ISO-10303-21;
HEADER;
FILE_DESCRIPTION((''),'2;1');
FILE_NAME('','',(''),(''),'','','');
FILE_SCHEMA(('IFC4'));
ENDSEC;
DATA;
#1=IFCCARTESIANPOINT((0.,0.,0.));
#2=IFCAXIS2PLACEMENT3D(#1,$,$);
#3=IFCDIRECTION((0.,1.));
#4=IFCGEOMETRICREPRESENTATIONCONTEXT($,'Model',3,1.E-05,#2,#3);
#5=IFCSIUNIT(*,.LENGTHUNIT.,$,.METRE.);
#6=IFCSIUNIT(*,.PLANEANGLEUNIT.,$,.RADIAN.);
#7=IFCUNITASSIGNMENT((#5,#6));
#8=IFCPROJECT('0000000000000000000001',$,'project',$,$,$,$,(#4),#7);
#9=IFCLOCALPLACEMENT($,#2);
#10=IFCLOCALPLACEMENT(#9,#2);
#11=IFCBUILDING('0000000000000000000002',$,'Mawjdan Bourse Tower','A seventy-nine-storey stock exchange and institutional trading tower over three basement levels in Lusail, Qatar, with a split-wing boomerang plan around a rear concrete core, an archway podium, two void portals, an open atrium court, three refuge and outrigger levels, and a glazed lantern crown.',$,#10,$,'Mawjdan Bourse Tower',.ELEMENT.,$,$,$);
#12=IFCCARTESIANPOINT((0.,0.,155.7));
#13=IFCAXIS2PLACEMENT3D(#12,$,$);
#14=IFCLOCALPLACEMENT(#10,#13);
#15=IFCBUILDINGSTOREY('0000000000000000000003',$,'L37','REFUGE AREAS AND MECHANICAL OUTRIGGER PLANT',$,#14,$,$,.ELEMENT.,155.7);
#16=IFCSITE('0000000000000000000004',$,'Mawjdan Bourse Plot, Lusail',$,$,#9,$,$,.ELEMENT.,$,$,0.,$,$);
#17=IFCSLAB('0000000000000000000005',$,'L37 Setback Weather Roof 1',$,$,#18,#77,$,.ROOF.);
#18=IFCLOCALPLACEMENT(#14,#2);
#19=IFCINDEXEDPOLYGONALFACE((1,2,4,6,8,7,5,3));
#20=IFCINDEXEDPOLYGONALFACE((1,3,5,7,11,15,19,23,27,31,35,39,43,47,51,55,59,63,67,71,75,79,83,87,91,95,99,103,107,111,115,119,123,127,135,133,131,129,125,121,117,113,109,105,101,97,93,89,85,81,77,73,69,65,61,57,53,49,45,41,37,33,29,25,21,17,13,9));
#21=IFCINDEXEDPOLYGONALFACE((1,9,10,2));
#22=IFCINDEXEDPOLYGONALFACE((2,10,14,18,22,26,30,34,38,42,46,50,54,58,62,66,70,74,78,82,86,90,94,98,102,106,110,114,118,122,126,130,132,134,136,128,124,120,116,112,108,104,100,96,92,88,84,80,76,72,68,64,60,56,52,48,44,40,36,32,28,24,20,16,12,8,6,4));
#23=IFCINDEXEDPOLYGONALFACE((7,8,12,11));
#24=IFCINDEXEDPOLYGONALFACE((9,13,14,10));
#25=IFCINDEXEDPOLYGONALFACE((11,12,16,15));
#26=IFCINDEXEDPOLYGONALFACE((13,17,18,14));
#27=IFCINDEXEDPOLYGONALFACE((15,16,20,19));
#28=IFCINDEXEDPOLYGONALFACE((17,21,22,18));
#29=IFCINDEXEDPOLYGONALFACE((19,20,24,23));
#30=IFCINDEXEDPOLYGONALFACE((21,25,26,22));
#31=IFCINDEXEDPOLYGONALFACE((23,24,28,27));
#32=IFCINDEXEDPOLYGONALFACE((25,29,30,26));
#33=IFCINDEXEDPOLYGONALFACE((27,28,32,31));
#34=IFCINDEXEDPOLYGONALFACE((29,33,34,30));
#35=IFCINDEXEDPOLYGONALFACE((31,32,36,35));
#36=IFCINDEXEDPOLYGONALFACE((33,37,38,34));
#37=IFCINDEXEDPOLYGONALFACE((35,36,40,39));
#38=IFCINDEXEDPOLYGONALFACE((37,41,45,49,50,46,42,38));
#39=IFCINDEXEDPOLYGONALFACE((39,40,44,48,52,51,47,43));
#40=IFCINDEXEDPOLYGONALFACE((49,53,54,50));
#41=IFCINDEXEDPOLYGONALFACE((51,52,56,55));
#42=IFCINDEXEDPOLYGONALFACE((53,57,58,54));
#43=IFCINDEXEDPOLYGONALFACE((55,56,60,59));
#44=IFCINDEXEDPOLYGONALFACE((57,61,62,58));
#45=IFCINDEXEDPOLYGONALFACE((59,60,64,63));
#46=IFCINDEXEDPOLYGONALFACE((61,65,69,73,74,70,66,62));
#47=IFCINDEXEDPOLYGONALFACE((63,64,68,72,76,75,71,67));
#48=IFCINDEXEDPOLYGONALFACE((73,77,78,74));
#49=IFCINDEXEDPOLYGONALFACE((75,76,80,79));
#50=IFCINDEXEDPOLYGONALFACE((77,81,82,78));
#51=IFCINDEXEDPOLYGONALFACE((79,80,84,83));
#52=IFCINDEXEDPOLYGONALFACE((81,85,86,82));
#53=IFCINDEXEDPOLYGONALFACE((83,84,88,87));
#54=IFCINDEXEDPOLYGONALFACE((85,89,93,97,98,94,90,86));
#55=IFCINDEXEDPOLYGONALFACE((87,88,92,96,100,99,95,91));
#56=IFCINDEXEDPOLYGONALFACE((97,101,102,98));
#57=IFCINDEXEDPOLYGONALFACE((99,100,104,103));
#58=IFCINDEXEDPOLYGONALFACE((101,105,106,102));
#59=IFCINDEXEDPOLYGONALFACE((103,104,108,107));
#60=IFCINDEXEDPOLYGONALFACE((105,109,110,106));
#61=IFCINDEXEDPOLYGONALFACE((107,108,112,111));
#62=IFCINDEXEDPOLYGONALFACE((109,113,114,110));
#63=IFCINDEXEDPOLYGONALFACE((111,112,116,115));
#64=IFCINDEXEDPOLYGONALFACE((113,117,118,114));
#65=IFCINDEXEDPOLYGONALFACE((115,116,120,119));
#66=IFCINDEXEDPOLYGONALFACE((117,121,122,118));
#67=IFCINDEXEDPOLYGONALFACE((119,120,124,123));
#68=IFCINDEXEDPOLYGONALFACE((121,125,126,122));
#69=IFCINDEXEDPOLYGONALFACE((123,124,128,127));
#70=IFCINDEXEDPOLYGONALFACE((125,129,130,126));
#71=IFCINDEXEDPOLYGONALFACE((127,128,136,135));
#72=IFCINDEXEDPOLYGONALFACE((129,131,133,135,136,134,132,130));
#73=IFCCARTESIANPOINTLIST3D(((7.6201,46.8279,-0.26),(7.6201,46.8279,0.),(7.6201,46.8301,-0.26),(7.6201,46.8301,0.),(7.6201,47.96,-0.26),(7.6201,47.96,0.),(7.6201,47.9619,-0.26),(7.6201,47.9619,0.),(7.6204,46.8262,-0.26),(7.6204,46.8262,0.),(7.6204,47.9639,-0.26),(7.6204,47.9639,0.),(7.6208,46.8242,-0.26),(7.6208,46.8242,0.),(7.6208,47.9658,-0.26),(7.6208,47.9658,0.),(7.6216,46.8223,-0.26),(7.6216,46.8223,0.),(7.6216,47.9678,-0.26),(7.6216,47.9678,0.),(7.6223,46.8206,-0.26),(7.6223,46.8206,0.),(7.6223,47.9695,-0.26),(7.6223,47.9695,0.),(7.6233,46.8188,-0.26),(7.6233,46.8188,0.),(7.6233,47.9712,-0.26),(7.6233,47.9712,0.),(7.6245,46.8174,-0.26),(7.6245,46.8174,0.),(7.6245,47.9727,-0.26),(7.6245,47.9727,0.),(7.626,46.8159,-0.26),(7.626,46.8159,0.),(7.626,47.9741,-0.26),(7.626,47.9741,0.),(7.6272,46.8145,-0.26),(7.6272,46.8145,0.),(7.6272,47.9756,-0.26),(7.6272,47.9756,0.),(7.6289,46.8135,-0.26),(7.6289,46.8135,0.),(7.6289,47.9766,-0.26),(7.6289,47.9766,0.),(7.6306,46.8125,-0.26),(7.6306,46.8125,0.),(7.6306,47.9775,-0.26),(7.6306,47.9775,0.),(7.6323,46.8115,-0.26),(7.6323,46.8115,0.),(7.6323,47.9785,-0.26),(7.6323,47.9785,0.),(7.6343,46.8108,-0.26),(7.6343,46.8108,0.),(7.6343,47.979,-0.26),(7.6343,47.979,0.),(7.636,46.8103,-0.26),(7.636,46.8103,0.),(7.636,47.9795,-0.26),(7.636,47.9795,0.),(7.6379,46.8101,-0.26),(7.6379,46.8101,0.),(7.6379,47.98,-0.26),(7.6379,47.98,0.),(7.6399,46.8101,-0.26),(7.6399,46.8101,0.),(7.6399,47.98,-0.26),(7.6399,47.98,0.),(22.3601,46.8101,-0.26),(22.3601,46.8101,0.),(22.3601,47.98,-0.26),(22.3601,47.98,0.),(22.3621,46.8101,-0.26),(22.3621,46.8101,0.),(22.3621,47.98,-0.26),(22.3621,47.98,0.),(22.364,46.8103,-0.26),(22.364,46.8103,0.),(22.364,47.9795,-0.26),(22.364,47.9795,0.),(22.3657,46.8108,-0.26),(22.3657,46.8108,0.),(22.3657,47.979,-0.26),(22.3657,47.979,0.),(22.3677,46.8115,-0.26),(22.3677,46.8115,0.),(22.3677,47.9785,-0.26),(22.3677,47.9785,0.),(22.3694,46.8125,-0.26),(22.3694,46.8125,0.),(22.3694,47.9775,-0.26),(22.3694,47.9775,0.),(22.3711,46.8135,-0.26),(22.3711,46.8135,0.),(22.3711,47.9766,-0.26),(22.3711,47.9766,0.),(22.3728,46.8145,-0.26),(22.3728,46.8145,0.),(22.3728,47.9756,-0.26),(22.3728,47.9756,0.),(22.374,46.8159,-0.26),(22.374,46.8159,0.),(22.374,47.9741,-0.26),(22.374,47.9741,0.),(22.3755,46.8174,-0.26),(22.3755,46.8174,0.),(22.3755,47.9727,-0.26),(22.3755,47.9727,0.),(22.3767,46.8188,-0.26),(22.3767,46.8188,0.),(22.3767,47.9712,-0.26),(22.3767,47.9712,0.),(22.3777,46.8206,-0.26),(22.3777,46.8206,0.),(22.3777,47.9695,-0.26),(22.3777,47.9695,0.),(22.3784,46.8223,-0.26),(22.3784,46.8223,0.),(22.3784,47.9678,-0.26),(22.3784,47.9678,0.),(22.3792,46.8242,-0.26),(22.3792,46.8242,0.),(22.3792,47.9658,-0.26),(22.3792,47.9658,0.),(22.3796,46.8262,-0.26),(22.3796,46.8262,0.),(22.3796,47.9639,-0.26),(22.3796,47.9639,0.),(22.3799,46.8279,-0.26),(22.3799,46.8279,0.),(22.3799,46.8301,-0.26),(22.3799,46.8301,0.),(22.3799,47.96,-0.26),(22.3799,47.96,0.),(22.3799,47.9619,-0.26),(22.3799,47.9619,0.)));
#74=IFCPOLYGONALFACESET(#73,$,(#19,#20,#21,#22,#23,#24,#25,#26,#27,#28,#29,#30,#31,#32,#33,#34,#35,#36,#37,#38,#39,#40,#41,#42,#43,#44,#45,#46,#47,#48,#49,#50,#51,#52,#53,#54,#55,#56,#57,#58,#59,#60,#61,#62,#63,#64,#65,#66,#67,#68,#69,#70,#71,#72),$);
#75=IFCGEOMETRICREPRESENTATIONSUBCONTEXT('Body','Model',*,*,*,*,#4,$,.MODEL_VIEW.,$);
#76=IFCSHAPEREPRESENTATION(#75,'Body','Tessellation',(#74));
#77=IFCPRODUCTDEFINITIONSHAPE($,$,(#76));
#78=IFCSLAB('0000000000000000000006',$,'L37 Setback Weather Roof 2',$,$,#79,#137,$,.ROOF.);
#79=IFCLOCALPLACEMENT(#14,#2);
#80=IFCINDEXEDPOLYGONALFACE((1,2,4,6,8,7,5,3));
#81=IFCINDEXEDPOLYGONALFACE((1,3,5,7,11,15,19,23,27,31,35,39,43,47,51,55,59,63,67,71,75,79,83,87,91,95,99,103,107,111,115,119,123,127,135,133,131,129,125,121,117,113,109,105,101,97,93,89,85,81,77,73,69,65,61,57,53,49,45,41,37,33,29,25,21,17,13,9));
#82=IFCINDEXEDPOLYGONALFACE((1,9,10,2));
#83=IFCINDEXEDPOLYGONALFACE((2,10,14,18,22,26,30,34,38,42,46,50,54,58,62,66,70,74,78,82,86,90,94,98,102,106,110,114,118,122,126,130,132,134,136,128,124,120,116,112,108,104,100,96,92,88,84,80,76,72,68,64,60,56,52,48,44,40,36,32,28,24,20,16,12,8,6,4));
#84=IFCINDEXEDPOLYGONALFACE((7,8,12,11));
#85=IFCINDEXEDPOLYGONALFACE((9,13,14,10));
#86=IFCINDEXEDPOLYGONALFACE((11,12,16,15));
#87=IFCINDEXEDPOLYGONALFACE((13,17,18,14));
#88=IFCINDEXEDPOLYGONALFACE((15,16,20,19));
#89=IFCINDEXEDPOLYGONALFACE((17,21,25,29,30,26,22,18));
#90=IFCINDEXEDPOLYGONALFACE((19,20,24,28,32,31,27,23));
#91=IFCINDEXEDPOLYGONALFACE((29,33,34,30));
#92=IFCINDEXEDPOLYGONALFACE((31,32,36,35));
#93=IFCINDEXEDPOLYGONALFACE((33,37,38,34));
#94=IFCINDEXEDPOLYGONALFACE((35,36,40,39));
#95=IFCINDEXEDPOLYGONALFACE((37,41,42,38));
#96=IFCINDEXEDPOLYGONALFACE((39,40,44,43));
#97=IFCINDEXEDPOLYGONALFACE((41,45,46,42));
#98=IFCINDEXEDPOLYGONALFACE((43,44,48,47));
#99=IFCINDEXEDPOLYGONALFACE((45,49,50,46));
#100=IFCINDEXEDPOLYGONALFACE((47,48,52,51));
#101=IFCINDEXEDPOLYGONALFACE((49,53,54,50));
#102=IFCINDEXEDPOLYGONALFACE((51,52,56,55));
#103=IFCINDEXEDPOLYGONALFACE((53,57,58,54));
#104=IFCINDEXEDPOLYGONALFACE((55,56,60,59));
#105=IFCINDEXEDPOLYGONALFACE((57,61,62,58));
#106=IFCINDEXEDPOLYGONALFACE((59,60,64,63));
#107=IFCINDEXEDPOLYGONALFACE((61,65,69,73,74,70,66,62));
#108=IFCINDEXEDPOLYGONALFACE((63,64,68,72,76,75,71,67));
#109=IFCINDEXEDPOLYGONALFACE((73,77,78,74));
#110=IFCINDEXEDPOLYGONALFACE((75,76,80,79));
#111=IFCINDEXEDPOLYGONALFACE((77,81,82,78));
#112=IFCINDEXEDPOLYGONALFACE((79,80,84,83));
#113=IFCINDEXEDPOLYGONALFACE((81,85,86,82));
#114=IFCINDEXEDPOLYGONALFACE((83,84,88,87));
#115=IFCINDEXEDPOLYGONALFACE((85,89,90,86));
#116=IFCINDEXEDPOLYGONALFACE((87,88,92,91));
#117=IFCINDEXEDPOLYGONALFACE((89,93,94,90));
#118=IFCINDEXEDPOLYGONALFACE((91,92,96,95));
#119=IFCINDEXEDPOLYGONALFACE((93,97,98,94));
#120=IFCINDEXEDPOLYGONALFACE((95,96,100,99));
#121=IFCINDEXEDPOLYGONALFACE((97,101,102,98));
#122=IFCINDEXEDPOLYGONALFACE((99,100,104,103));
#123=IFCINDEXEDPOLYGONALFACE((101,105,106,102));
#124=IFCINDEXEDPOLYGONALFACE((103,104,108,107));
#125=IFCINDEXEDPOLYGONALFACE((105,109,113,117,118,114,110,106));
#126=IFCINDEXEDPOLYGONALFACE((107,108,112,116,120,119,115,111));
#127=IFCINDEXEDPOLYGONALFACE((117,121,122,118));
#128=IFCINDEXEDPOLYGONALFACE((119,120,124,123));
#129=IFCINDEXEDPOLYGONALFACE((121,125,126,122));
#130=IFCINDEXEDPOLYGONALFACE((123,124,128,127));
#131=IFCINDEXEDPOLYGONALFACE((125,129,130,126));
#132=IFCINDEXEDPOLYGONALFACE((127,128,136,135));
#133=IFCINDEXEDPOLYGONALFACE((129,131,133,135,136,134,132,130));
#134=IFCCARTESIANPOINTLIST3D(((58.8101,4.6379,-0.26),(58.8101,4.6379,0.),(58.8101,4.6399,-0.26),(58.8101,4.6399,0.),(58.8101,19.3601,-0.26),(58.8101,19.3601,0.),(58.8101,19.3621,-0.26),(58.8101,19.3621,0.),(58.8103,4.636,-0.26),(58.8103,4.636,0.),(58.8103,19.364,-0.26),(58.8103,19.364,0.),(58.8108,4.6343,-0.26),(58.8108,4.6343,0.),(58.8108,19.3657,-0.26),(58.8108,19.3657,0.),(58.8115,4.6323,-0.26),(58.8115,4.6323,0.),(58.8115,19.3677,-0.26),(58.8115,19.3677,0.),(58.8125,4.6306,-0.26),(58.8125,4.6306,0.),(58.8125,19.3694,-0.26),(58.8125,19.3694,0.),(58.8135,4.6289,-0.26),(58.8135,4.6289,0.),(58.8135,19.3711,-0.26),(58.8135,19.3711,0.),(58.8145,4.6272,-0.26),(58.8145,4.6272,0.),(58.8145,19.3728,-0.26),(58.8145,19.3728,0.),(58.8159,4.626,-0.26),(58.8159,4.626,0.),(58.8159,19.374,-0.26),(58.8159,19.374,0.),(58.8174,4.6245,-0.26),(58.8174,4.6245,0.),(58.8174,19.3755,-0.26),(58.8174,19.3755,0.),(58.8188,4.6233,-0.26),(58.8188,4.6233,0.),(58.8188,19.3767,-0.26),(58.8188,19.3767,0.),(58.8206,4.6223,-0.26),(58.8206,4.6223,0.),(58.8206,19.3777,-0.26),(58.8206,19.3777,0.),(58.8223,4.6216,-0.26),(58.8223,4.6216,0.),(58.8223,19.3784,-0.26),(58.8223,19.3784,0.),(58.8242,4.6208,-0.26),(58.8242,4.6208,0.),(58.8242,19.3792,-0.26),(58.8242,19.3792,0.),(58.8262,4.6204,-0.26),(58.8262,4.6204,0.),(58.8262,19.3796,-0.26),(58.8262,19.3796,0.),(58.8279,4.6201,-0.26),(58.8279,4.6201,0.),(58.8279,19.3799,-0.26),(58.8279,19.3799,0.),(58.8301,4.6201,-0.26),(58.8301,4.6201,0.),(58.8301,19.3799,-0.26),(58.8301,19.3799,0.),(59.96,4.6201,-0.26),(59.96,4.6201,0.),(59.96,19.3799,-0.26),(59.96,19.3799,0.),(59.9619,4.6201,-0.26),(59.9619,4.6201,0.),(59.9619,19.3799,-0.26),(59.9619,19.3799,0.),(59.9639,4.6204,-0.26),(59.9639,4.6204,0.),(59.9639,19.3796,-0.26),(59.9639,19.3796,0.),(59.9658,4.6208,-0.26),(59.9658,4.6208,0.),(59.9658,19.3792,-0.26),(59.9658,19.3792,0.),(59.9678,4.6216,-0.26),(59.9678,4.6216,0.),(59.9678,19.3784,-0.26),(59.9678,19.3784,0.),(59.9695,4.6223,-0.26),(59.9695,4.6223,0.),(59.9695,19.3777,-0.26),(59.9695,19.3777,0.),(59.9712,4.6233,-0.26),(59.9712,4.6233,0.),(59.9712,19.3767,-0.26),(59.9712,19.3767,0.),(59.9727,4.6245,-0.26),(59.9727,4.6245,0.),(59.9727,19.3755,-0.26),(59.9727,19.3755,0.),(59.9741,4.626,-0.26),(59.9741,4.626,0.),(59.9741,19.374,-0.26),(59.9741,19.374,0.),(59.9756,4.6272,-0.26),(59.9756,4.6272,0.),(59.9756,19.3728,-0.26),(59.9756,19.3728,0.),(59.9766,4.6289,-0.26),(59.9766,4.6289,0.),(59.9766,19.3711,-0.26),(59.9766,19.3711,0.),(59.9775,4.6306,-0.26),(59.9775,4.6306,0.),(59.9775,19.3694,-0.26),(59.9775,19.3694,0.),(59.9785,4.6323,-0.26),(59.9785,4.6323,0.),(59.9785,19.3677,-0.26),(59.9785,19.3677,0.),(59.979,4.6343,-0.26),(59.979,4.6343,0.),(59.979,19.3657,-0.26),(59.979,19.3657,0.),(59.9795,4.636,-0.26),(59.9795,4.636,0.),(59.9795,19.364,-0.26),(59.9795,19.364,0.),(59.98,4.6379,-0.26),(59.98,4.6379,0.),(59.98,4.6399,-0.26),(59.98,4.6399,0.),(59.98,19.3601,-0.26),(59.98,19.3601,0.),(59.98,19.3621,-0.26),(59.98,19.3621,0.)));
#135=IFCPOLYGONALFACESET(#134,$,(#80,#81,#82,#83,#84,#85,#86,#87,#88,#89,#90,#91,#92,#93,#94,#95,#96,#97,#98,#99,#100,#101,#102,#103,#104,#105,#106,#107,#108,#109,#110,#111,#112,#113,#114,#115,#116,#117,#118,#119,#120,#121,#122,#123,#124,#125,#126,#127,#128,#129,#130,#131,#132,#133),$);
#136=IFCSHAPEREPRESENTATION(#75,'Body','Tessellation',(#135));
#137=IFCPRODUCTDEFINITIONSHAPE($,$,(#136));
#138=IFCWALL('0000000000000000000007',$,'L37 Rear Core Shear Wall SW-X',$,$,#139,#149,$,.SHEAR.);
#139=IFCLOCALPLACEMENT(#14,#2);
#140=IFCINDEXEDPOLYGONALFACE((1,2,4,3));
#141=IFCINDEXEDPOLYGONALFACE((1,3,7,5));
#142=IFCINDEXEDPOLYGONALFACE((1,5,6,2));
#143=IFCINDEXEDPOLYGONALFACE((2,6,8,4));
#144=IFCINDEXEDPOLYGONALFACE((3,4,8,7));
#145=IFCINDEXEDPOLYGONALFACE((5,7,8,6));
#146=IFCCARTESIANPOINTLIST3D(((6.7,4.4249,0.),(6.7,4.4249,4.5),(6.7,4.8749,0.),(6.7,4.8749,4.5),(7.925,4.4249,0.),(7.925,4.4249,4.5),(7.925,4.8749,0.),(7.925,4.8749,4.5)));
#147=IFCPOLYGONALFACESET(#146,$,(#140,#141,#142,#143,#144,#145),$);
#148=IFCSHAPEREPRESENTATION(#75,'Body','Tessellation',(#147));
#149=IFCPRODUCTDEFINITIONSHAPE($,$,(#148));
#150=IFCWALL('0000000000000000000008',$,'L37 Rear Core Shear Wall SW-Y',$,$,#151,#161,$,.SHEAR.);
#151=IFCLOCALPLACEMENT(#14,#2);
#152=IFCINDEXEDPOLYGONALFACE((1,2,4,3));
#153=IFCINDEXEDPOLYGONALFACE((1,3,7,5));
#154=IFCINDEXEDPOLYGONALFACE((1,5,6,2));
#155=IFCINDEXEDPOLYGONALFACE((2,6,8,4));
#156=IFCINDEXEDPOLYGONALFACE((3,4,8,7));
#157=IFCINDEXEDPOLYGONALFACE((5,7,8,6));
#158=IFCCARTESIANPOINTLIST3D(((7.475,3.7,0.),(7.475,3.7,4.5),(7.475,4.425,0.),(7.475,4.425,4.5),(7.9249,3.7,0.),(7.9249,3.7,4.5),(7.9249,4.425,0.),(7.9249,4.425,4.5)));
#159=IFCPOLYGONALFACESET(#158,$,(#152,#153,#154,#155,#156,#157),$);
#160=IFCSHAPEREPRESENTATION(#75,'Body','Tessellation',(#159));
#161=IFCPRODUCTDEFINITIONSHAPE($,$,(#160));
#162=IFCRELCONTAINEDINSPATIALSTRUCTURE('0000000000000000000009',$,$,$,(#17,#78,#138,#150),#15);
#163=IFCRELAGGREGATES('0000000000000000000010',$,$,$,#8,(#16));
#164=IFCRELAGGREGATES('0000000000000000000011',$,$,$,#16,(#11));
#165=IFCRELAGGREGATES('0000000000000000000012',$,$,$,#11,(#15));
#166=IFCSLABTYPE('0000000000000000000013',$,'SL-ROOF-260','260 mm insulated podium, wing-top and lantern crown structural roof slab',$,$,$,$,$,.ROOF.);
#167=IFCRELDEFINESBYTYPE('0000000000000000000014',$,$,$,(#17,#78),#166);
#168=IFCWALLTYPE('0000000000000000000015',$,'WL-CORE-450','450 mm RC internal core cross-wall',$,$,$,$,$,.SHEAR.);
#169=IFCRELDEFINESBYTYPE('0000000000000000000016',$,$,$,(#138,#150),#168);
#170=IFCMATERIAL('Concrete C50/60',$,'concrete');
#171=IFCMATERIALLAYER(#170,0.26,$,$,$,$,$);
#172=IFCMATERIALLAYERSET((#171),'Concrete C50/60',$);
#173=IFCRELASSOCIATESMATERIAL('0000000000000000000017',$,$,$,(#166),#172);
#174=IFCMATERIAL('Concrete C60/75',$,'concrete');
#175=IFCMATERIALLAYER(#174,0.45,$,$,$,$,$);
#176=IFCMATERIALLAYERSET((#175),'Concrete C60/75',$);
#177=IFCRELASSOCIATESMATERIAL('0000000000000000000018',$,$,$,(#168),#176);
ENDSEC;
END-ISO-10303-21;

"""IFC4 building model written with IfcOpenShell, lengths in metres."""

from ifc_helpers import new_model, si_unit, direction, frame, frame_2d, origin, place, context, subcontext, project, spatial, polyline, rectangle, outline, extrude, material, layer, layer_set, type_object, element, save


model = new_model("IFC4")

# Units and contexts
model_context = context("Model", 3, precision=1e-05, world=origin(), true_north=direction((0.0, 1.0)))
body_context = subcontext(model_context, "Body", "Model", "MODEL_VIEW")
ifc_project = project(units=[si_unit("LENGTHUNIT", "METRE"), si_unit("PLANEANGLEUNIT", "RADIAN")], contexts=[model_context])

# Site, building, storey
site_placement = place(None, origin())
site = spatial("IfcSite", under=ifc_project, at=site_placement, Name="Mawjdan Bourse Plot, Lusail", CompositionType="ELEMENT", RefElevation=0.0)
building_placement = place(site_placement, origin())
building = spatial("IfcBuilding", under=site, at=building_placement, Name="Mawjdan Bourse Tower", Description="A seventy-nine-storey stock exchange and institutional trading tower over three basement levels in Lusail, Qatar, with a split-wing boomerang plan around a rear concrete core, an archway podium, two void portals, an open atrium court, three refuge and outrigger levels, and a glazed lantern crown.", LongName="Mawjdan Bourse Tower", CompositionType="ELEMENT")
storey_placement = place(building_placement, frame((0.0, 0.0, 155.7)))
storey = spatial("IfcBuildingStorey", under=building, at=storey_placement, Name="L37", Description="REFUGE AREAS AND MECHANICAL OUTRIGGER PLANT", CompositionType="ELEMENT", Elevation=155.7)

# Shared definitions
ifc_material_1 = material(Name="Concrete C50/60", Category="concrete")

# Slabs
ifc_layer_1 = layer(ifc_material_1, 0.26)
ifc_layer_set_1 = layer_set([ifc_layer_1], Name="Concrete C50/60")
slab_type_1 = type_object("IfcSlabType", Name="SL-ROOF-260", Description="260 mm insulated podium, wing-top and lantern crown structural roof slab", PredefinedType="ROOF", material=ifc_layer_set_1)
slab_1_placement = place(storey_placement, frame((0.0, 0.0, -0.26)))
element("IfcSlab", 1, at=slab_1_placement, inside=storey, type_object=slab_type_1, Name="L37 Setback Weather Roof 1", PredefinedType="ROOF", context=body_context, shape_type="SweptSolid", body=[
    extrude(outline(polyline([(7.6201, 46.8301), (7.6201, 46.8279), (7.6204, 46.8262), (7.6208, 46.8242), (7.6216, 46.8223), (7.6223, 46.8206), (7.6233, 46.8188), (7.6245, 46.8174), (7.626, 46.8159), (7.6272, 46.8145), (7.6289, 46.8135), (7.6306, 46.8125), (7.6323, 46.8115), (7.6343, 46.8108), (7.636, 46.8103), (7.6379, 46.8101), (7.6399, 46.8101), (22.3601, 46.8101), (22.3621, 46.8101), (22.364, 46.8103), (22.3657, 46.8108), (22.3677, 46.8115), (22.3694, 46.8125), (22.3711, 46.8135), (22.3728, 46.8145), (22.374, 46.8159), (22.3755, 46.8174), (22.3767, 46.8188), (22.3777, 46.8206), (22.3784, 46.8223), (22.3792, 46.8242), (22.3796, 46.8262), (22.3799, 46.8279), (22.3799, 46.8301), (22.3799, 47.96), (22.3799, 47.9619), (22.3796, 47.9639), (22.3792, 47.9658), (22.3784, 47.9678), (22.3777, 47.9695), (22.3767, 47.9712), (22.3755, 47.9727), (22.374, 47.9741), (22.3728, 47.9756), (22.3711, 47.9766), (22.3694, 47.9775), (22.3677, 47.9785), (22.3657, 47.979), (22.364, 47.9795), (22.3621, 47.98), (22.3601, 47.98), (7.6399, 47.98), (7.6379, 47.98), (7.636, 47.9795), (7.6343, 47.979), (7.6323, 47.9785), (7.6306, 47.9775), (7.6289, 47.9766), (7.6272, 47.9756), (7.626, 47.9741), (7.6245, 47.9727), (7.6233, 47.9712), (7.6223, 47.9695), (7.6216, 47.9678), (7.6208, 47.9658), (7.6204, 47.9639), (7.6201, 47.9619), (7.6201, 47.96), (7.6201, 46.8301)])), origin(), (0.0, 0.0, 1.0), 0.26),
])
slab_2_placement = place(storey_placement, frame((0.0, 0.0, -0.26)))
element("IfcSlab", 2, at=slab_2_placement, inside=storey, type_object=slab_type_1, Name="L37 Setback Weather Roof 2", PredefinedType="ROOF", context=body_context, shape_type="SweptSolid", body=[
    extrude(outline(polyline([(58.8301, 19.3799), (58.8279, 19.3799), (58.8262, 19.3796), (58.8242, 19.3792), (58.8223, 19.3784), (58.8206, 19.3777), (58.8188, 19.3767), (58.8174, 19.3755), (58.8159, 19.374), (58.8145, 19.3728), (58.8135, 19.3711), (58.8125, 19.3694), (58.8115, 19.3677), (58.8108, 19.3657), (58.8103, 19.364), (58.8101, 19.3621), (58.8101, 19.3601), (58.8101, 4.6399), (58.8101, 4.6379), (58.8103, 4.636), (58.8108, 4.6343), (58.8115, 4.6323), (58.8125, 4.6306), (58.8135, 4.6289), (58.8145, 4.6272), (58.8159, 4.626), (58.8174, 4.6245), (58.8188, 4.6233), (58.8206, 4.6223), (58.8223, 4.6216), (58.8242, 4.6208), (58.8262, 4.6204), (58.8279, 4.6201), (58.8301, 4.6201), (59.96, 4.6201), (59.9619, 4.6201), (59.9639, 4.6204), (59.9658, 4.6208), (59.9678, 4.6216), (59.9695, 4.6223), (59.9712, 4.6233), (59.9727, 4.6245), (59.9741, 4.626), (59.9756, 4.6272), (59.9766, 4.6289), (59.9775, 4.6306), (59.9785, 4.6323), (59.979, 4.6343), (59.9795, 4.636), (59.98, 4.6379), (59.98, 4.6399), (59.98, 19.3601), (59.98, 19.3621), (59.9795, 19.364), (59.979, 19.3657), (59.9785, 19.3677), (59.9775, 19.3694), (59.9766, 19.3711), (59.9756, 19.3728), (59.9741, 19.374), (59.9727, 19.3755), (59.9712, 19.3767), (59.9695, 19.3777), (59.9678, 19.3784), (59.9658, 19.3792), (59.9639, 19.3796), (59.9619, 19.3799), (59.96, 19.3799), (58.8301, 19.3799)])), origin(), (0.0, 0.0, 1.0), 0.26),
])

# Walls
ifc_material_2 = material(Name="Concrete C60/75", Category="concrete")
ifc_layer_2 = layer(ifc_material_2, 0.45)
ifc_layer_set_2 = layer_set([ifc_layer_2], Name="Concrete C60/75")
wall_type_1 = type_object("IfcWallType", Name="WL-CORE-450", Description="450 mm RC internal core cross-wall", PredefinedType="SHEAR", material=ifc_layer_set_2)
wall_1_placement = place(storey_placement, frame((6.7, 4.6499, 0.0), z_axis=(0.0, 0.0, 1.0), x_axis=(1.0, 0.0, 0.0)))
element("IfcWall", 3, at=wall_1_placement, inside=storey, type_object=wall_type_1, Name="L37 Rear Core Shear Wall SW-X", PredefinedType="SHEAR", context=body_context, shape_type="SweptSolid", body=[
    extrude(rectangle(XDim=1.2251, YDim=0.45, at=frame_2d((0.6125, 0.0))), origin(), (0.0, 0.0, 1.0), 4.5),
])
wall_2_placement = place(storey_placement, frame((7.7, 3.7, 0.0), z_axis=(0.0, 0.0, 1.0), x_axis=(0.0, 1.0, 0.0)))
element("IfcWall", 4, at=wall_2_placement, inside=storey, type_object=wall_type_1, Name="L37 Rear Core Shear Wall SW-Y", PredefinedType="SHEAR", context=body_context, shape_type="SweptSolid", body=[
    extrude(rectangle(XDim=0.7251, YDim=0.45, at=frame_2d((0.3625, 0.0))), origin(), (0.0, 0.0, 1.0), 4.5),
])

save(model, "model.ifc")
